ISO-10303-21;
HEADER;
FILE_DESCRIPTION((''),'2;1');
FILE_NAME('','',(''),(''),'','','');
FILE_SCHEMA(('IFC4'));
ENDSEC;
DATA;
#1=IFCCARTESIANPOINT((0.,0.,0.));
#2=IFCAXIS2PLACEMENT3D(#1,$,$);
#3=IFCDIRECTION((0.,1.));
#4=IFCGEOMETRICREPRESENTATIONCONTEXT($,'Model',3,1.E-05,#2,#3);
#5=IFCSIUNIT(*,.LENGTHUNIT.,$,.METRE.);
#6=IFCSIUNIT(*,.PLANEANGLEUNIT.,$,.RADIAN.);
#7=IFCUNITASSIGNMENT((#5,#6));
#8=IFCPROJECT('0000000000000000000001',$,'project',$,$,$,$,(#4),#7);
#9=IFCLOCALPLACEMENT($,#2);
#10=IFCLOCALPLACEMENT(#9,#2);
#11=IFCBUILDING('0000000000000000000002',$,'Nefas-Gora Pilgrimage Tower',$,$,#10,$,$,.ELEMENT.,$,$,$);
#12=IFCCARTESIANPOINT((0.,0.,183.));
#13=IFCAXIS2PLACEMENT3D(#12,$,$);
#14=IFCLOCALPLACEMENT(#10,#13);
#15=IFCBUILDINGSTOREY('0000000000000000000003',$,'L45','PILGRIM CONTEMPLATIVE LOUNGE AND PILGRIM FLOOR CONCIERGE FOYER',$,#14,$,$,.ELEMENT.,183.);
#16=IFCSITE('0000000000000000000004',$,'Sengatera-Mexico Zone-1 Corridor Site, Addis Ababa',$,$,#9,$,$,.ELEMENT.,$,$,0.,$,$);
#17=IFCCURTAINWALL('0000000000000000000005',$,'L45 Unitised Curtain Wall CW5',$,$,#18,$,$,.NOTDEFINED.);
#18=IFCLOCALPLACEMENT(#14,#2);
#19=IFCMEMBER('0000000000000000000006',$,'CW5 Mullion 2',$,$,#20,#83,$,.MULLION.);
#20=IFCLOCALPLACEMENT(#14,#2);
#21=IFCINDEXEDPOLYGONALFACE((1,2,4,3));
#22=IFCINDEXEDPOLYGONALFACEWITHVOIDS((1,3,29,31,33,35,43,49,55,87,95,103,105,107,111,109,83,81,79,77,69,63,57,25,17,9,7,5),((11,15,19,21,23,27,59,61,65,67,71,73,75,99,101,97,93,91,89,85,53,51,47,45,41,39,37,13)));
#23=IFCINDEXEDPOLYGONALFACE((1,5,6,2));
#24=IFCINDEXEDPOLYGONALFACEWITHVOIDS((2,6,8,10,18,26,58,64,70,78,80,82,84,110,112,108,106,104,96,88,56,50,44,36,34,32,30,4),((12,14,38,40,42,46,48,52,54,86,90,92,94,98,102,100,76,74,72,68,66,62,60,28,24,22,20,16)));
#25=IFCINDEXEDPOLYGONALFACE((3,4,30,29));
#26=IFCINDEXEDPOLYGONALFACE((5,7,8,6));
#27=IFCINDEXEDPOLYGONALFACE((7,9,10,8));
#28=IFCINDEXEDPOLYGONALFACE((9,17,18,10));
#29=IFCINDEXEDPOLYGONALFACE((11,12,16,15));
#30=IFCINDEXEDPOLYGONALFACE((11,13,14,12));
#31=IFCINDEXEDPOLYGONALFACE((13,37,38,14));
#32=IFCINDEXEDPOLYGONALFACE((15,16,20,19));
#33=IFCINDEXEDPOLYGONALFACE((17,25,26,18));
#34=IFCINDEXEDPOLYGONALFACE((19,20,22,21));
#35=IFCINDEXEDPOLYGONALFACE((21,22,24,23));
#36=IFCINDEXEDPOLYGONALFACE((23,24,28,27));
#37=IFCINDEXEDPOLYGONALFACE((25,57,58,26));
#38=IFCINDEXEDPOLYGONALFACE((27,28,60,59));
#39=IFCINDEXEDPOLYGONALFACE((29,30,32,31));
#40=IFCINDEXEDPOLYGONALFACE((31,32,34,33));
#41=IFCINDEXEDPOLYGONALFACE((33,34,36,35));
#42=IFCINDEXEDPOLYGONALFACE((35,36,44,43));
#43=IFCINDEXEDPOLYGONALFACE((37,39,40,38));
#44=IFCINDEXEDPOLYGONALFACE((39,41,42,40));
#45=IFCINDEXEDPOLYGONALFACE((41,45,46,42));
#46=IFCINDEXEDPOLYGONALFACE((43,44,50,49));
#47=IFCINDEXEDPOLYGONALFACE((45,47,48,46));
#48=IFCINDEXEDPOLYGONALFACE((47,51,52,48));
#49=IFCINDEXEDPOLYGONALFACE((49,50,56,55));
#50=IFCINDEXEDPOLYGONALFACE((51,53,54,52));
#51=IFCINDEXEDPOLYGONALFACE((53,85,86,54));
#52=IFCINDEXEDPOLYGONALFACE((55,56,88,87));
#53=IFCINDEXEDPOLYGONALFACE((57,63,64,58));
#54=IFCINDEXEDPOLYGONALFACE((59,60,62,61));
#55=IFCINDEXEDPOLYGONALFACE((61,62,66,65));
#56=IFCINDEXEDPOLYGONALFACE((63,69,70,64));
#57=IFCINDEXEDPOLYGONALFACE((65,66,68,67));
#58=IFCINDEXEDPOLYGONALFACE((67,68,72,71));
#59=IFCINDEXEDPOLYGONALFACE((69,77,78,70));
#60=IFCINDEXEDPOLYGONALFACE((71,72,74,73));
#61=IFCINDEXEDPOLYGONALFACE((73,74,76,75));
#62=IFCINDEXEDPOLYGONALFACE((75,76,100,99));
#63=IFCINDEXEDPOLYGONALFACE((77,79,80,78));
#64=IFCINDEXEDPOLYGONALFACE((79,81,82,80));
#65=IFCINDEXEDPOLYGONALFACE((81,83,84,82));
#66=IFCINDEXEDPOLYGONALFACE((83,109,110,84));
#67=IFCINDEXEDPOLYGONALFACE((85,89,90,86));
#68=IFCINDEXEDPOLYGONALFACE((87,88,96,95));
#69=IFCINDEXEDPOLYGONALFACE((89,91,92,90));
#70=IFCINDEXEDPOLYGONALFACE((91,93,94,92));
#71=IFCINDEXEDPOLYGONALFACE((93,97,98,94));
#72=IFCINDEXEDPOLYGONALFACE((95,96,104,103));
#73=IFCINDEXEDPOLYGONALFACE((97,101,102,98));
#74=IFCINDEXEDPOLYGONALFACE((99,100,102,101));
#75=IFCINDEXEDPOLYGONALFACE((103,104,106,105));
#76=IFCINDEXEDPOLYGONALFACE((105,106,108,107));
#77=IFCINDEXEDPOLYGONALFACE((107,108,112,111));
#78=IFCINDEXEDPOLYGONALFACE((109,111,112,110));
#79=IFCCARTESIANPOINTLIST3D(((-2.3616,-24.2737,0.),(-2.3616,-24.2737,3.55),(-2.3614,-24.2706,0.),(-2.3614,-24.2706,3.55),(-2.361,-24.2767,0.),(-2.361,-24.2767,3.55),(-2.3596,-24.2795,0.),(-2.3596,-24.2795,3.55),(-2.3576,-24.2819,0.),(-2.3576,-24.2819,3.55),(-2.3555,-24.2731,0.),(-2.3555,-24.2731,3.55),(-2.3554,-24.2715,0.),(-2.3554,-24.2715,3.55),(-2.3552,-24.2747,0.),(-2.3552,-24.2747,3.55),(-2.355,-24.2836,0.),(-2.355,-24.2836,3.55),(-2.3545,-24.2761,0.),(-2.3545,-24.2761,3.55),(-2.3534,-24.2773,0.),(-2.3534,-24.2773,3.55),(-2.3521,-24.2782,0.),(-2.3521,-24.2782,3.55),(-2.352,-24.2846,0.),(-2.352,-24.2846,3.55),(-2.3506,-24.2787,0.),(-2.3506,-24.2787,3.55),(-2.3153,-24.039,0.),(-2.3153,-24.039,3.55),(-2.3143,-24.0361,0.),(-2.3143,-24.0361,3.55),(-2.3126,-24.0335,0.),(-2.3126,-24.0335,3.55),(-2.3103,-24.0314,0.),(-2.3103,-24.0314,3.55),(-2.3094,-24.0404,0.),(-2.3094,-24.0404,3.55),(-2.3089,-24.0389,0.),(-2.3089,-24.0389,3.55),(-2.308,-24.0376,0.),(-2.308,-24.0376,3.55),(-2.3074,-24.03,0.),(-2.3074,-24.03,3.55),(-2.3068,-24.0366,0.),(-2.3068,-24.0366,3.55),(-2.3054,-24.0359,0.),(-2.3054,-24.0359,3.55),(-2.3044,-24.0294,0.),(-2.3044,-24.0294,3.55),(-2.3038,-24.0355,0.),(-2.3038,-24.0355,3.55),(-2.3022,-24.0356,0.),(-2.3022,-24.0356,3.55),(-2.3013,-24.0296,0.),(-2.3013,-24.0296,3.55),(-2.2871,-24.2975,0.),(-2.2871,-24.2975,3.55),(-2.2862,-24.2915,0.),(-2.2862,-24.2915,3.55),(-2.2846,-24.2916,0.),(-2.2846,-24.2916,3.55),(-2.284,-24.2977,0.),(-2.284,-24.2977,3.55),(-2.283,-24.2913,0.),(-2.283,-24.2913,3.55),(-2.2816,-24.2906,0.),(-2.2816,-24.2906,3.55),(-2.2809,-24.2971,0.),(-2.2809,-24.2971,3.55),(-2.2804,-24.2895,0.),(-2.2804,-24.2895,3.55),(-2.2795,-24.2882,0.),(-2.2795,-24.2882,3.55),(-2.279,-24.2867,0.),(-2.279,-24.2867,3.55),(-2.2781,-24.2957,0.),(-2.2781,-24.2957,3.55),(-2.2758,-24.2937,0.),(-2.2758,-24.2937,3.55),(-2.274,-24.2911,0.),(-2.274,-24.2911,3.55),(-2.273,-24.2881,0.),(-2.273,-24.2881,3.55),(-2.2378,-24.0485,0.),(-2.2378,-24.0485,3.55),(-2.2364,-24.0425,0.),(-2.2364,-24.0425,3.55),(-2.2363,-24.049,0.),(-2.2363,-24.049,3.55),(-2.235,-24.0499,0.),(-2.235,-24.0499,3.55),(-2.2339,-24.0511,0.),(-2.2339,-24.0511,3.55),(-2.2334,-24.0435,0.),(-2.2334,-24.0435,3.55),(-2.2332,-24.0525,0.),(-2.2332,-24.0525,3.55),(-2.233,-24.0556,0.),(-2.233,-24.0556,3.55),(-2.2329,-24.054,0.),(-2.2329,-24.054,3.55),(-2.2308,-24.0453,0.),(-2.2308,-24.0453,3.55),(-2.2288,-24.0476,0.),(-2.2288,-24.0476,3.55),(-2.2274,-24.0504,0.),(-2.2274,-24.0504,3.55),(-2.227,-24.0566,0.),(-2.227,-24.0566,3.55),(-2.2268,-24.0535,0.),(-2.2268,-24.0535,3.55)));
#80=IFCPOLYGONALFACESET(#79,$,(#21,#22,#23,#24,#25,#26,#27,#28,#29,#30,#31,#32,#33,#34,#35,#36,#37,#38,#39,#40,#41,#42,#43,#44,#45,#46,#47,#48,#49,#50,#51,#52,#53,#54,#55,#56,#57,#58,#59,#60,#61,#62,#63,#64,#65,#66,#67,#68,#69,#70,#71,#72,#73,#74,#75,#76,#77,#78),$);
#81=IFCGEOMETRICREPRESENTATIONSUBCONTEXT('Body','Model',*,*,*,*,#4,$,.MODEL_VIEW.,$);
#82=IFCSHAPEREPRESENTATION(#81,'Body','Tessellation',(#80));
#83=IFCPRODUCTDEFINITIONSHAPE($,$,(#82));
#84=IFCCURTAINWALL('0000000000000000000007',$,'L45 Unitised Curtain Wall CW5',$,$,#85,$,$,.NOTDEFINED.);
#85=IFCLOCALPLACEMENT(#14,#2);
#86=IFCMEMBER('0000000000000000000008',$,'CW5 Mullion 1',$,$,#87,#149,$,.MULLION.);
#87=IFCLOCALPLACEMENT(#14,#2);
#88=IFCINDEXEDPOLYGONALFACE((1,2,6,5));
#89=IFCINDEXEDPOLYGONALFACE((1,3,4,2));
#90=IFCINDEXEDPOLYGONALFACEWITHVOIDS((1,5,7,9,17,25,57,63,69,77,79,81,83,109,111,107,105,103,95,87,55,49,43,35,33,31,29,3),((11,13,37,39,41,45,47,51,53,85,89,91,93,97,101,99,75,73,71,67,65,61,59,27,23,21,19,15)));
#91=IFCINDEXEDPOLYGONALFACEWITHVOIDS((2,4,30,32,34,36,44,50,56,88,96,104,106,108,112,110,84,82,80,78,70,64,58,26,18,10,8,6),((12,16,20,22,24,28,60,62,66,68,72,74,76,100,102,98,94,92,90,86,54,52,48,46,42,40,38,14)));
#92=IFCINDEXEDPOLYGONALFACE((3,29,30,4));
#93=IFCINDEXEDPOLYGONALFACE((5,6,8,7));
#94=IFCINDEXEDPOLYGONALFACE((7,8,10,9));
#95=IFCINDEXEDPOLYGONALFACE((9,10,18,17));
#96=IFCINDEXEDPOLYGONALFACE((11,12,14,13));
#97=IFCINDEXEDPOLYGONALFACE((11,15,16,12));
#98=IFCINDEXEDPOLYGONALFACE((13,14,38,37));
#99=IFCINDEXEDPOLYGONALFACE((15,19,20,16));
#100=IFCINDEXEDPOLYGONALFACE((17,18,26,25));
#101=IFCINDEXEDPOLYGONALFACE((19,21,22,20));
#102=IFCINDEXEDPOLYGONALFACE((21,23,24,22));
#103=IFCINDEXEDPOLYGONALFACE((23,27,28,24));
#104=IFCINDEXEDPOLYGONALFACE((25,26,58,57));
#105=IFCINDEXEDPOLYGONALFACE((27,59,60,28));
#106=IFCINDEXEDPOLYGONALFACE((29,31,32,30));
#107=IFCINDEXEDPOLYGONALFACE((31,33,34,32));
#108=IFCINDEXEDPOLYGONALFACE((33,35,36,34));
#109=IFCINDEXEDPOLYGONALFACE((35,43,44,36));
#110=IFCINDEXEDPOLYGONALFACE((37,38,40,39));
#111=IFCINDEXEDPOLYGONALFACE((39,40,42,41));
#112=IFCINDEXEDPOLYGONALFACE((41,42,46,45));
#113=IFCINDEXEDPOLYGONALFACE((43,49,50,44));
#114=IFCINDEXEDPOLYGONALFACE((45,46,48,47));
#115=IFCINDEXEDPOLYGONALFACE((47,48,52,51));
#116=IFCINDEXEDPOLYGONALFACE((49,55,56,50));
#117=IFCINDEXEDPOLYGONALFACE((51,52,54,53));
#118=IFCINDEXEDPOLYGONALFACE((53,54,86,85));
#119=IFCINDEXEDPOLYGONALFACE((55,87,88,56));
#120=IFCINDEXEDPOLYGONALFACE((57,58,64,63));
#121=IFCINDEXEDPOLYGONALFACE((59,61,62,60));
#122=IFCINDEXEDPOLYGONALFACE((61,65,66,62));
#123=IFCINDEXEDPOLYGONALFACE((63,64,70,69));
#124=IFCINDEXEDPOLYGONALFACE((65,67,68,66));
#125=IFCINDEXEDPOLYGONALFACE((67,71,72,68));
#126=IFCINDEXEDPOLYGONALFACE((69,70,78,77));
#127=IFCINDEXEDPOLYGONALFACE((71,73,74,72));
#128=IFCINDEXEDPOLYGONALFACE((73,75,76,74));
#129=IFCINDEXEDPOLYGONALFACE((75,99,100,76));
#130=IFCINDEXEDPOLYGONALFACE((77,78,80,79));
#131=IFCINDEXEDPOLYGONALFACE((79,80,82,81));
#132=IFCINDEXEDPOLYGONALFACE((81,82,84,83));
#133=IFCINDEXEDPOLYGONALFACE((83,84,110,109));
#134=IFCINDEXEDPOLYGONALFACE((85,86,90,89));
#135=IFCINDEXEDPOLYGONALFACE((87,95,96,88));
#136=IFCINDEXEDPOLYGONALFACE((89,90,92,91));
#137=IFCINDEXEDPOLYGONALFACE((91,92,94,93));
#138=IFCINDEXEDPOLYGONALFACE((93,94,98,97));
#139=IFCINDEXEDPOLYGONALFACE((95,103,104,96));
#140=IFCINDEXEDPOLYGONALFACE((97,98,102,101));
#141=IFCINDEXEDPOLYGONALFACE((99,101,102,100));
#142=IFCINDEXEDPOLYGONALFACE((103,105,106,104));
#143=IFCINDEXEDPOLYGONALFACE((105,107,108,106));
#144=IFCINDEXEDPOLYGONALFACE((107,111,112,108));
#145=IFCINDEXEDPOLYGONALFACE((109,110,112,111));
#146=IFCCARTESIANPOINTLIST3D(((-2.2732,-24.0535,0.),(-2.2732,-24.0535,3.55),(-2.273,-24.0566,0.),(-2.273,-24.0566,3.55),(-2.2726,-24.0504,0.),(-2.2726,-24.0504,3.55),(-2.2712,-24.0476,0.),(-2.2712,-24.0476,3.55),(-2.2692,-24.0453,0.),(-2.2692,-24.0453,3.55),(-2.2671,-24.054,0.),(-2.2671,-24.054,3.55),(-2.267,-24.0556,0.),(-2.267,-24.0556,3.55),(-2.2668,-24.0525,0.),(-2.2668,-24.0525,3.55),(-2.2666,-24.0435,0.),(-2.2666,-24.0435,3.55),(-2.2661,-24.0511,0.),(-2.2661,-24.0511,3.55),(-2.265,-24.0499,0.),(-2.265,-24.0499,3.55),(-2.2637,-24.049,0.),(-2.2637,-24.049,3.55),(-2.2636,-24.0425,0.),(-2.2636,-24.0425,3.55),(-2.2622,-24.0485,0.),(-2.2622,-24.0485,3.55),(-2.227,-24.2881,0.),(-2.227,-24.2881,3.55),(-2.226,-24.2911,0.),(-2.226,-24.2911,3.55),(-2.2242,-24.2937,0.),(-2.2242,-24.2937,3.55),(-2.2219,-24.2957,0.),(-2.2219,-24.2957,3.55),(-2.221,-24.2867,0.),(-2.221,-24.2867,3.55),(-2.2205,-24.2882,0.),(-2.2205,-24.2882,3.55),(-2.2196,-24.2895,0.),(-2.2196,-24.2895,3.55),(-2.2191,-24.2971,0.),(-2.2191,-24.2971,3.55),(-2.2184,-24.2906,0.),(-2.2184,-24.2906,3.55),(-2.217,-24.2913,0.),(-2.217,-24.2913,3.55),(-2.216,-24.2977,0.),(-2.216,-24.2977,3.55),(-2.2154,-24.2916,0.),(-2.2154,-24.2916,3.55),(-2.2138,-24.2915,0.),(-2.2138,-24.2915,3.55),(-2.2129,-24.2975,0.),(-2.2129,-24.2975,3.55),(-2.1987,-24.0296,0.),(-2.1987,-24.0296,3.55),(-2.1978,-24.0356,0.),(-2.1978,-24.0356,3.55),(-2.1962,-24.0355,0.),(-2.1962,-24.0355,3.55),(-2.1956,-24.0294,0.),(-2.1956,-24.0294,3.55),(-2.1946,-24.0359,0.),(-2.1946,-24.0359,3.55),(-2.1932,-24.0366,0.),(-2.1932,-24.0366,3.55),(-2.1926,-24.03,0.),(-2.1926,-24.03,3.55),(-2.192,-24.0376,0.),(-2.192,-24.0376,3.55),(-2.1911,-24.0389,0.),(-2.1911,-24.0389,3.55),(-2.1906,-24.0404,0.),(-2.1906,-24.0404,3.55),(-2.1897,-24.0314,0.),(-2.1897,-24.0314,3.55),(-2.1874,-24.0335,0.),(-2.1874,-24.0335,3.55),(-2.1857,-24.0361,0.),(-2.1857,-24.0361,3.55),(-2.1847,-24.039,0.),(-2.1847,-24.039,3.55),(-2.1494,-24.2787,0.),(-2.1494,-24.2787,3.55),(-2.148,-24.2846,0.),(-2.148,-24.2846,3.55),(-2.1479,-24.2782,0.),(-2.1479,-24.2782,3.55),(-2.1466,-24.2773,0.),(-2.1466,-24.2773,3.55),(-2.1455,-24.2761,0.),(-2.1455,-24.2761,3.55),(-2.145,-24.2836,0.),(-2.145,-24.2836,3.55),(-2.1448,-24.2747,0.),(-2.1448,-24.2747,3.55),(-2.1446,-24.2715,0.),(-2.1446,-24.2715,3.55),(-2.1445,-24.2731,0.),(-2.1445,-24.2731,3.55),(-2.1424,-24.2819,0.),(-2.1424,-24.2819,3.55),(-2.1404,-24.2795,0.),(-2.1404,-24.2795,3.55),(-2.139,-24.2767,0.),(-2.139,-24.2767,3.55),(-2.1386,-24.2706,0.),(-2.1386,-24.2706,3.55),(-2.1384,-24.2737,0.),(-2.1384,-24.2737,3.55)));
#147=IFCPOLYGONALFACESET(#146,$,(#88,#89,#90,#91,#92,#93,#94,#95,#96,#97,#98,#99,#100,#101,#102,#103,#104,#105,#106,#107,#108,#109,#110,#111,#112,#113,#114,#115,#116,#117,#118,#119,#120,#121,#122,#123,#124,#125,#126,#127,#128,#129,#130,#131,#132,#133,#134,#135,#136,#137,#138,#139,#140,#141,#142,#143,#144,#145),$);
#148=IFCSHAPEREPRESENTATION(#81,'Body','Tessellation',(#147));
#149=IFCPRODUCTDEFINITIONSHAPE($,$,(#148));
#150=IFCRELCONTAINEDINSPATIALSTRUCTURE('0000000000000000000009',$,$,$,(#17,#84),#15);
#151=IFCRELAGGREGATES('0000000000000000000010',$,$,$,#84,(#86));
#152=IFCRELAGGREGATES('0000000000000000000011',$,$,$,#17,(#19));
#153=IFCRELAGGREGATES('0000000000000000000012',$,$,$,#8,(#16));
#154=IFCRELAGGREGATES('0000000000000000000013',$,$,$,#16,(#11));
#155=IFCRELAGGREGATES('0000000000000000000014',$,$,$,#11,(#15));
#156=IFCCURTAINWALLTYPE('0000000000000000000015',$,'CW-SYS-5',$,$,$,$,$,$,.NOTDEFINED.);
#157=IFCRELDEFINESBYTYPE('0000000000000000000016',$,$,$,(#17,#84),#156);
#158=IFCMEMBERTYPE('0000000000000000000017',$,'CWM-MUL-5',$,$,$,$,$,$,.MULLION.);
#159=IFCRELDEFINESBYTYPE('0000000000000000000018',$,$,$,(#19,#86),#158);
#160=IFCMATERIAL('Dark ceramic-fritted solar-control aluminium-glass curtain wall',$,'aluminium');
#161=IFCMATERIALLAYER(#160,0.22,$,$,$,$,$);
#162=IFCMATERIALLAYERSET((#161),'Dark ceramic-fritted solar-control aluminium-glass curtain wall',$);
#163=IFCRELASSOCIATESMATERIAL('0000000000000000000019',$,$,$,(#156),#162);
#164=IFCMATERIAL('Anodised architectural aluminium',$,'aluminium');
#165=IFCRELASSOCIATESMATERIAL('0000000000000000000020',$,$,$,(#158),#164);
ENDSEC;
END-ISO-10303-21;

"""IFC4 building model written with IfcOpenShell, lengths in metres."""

from ifc_helpers import new_model, si_unit, direction, frame, origin, origin_2d, place, context, subcontext, project, spatial, hollow_rectangle, extrude, source, transform, mapped, material, layer, layer_set, material_profile, profile_set, type_object, element, aggregate, save


model = new_model("IFC4")

# Units and contexts
model_context = context("Model", 3, precision=1e-05, world=origin(), true_north=direction((0.0, 1.0)))
body_context = subcontext(model_context, "Body", "Model", "MODEL_VIEW")
ifc_project = project(units=[si_unit("LENGTHUNIT", "METRE"), si_unit("PLANEANGLEUNIT", "RADIAN")], contexts=[model_context])

# Site, building, storey
site_placement = place(None, origin())
site = spatial("IfcSite", under=ifc_project, at=site_placement, Name="Sengatera-Mexico Zone-1 Corridor Site, Addis Ababa", CompositionType="ELEMENT", RefElevation=0.0)
building_placement = place(site_placement, origin())
building = spatial("IfcBuilding", under=site, at=building_placement, Name="Nefas-Gora Pilgrimage Tower", CompositionType="ELEMENT")
storey_placement = place(building_placement, frame((0.0, 0.0, 183.0)))
storey = spatial("IfcBuildingStorey", under=building, at=storey_placement, Name="L45", Description="PILGRIM CONTEMPLATIVE LOUNGE AND PILGRIM FLOOR CONCIERGE FOYER", CompositionType="ELEMENT", Elevation=183.0)

# Shared definitions
ifc_material_1 = material(Name="Dark ceramic-fritted solar-control aluminium-glass curtain wall", Category="aluminium")
ifc_layer_1 = layer(ifc_material_1, 0.22)
ifc_layer_set_1 = layer_set([ifc_layer_1], Name="Dark ceramic-fritted solar-control aluminium-glass curtain wall")
curtain_wall_type = type_object("IfcCurtainWallType", Name="CW-SYS-5", PredefinedType="NOTDEFINED", material=ifc_layer_set_1)
ifc_material_2 = material(Name="Anodised architectural aluminium", Category="aluminium")
ifc_material_profile_1 = material_profile(ifc_material_2, hollow_rectangle(XDim=0.0901, YDim=0.26, WallThickness=0.0061, InnerFilletRadius=0.0061, OuterFilletRadius=0.012, at=origin_2d()), Name="ALU MULLION 90x260")
ifc_profile_set_1 = profile_set([ifc_material_profile_1], Name="Anodised architectural aluminium")
member_type_1 = type_object("IfcMemberType", Name="CWM-MUL-5", PredefinedType="MULLION", material=ifc_profile_set_1)
shared_shape_1 = source(origin(), body_context, "Body", "SweptSolid", [
    extrude(hollow_rectangle(XDim=0.0901, YDim=0.26, WallThickness=0.0061, InnerFilletRadius=0.0061, OuterFilletRadius=0.012, at=origin_2d()), origin(), (0.0, 0.0, 1.0), 3.55),
])

# Curtain wall, member
curtain_wall_1_placement = place(storey_placement, origin())
curtain_wall_1 = element("IfcCurtainWall", 1, at=curtain_wall_1_placement, inside=storey, type_object=curtain_wall_type, Name="L45 Unitised Curtain Wall CW5", PredefinedType="NOTDEFINED")
member_1_placement = place(storey_placement, frame((-2.2942, -24.1636, 0.0), z_axis=(0.0, 0.0, 1.0), x_axis=(0.980783, -0.195102, 0.0)))
member_1 = element("IfcMember", 2, at=member_1_placement, type_object=member_type_1, Name="CW5 Mullion 2", PredefinedType="MULLION", context=body_context, shape_type="MappedRepresentation", body=[
    mapped(shared_shape_1, transform((0.0, 0.0, 0.0), x_axis=(1.0, 0.0, 0.0), y_axis=(0.0, 1.0, 0.0), z_axis=(0.0, 0.0, 1.0), scale=1.0)),
])

# Curtain wall, member
curtain_wall_2_placement = place(storey_placement, origin())
curtain_wall_2 = element("IfcCurtainWall", 3, at=curtain_wall_2_placement, inside=storey, type_object=curtain_wall_type, Name="L45 Unitised Curtain Wall CW5", PredefinedType="NOTDEFINED")
member_2_placement = place(storey_placement, frame((-2.2058, -24.1636, 0.0), z_axis=(0.0, 0.0, 1.0), x_axis=(0.980783, 0.195102, 0.0)))
member_2 = element("IfcMember", 4, at=member_2_placement, type_object=member_type_1, Name="CW5 Mullion 1", PredefinedType="MULLION", context=body_context, shape_type="MappedRepresentation", body=[
    mapped(shared_shape_1, transform((0.0, 0.0, 0.0), x_axis=(1.0, 0.0, 0.0), y_axis=(0.0, 1.0, 0.0), z_axis=(0.0, 0.0, 1.0), scale=1.0)),
])

aggregate(curtain_wall_2, [member_2])

aggregate(curtain_wall_1, [member_1])

save(model, "model.ifc")
